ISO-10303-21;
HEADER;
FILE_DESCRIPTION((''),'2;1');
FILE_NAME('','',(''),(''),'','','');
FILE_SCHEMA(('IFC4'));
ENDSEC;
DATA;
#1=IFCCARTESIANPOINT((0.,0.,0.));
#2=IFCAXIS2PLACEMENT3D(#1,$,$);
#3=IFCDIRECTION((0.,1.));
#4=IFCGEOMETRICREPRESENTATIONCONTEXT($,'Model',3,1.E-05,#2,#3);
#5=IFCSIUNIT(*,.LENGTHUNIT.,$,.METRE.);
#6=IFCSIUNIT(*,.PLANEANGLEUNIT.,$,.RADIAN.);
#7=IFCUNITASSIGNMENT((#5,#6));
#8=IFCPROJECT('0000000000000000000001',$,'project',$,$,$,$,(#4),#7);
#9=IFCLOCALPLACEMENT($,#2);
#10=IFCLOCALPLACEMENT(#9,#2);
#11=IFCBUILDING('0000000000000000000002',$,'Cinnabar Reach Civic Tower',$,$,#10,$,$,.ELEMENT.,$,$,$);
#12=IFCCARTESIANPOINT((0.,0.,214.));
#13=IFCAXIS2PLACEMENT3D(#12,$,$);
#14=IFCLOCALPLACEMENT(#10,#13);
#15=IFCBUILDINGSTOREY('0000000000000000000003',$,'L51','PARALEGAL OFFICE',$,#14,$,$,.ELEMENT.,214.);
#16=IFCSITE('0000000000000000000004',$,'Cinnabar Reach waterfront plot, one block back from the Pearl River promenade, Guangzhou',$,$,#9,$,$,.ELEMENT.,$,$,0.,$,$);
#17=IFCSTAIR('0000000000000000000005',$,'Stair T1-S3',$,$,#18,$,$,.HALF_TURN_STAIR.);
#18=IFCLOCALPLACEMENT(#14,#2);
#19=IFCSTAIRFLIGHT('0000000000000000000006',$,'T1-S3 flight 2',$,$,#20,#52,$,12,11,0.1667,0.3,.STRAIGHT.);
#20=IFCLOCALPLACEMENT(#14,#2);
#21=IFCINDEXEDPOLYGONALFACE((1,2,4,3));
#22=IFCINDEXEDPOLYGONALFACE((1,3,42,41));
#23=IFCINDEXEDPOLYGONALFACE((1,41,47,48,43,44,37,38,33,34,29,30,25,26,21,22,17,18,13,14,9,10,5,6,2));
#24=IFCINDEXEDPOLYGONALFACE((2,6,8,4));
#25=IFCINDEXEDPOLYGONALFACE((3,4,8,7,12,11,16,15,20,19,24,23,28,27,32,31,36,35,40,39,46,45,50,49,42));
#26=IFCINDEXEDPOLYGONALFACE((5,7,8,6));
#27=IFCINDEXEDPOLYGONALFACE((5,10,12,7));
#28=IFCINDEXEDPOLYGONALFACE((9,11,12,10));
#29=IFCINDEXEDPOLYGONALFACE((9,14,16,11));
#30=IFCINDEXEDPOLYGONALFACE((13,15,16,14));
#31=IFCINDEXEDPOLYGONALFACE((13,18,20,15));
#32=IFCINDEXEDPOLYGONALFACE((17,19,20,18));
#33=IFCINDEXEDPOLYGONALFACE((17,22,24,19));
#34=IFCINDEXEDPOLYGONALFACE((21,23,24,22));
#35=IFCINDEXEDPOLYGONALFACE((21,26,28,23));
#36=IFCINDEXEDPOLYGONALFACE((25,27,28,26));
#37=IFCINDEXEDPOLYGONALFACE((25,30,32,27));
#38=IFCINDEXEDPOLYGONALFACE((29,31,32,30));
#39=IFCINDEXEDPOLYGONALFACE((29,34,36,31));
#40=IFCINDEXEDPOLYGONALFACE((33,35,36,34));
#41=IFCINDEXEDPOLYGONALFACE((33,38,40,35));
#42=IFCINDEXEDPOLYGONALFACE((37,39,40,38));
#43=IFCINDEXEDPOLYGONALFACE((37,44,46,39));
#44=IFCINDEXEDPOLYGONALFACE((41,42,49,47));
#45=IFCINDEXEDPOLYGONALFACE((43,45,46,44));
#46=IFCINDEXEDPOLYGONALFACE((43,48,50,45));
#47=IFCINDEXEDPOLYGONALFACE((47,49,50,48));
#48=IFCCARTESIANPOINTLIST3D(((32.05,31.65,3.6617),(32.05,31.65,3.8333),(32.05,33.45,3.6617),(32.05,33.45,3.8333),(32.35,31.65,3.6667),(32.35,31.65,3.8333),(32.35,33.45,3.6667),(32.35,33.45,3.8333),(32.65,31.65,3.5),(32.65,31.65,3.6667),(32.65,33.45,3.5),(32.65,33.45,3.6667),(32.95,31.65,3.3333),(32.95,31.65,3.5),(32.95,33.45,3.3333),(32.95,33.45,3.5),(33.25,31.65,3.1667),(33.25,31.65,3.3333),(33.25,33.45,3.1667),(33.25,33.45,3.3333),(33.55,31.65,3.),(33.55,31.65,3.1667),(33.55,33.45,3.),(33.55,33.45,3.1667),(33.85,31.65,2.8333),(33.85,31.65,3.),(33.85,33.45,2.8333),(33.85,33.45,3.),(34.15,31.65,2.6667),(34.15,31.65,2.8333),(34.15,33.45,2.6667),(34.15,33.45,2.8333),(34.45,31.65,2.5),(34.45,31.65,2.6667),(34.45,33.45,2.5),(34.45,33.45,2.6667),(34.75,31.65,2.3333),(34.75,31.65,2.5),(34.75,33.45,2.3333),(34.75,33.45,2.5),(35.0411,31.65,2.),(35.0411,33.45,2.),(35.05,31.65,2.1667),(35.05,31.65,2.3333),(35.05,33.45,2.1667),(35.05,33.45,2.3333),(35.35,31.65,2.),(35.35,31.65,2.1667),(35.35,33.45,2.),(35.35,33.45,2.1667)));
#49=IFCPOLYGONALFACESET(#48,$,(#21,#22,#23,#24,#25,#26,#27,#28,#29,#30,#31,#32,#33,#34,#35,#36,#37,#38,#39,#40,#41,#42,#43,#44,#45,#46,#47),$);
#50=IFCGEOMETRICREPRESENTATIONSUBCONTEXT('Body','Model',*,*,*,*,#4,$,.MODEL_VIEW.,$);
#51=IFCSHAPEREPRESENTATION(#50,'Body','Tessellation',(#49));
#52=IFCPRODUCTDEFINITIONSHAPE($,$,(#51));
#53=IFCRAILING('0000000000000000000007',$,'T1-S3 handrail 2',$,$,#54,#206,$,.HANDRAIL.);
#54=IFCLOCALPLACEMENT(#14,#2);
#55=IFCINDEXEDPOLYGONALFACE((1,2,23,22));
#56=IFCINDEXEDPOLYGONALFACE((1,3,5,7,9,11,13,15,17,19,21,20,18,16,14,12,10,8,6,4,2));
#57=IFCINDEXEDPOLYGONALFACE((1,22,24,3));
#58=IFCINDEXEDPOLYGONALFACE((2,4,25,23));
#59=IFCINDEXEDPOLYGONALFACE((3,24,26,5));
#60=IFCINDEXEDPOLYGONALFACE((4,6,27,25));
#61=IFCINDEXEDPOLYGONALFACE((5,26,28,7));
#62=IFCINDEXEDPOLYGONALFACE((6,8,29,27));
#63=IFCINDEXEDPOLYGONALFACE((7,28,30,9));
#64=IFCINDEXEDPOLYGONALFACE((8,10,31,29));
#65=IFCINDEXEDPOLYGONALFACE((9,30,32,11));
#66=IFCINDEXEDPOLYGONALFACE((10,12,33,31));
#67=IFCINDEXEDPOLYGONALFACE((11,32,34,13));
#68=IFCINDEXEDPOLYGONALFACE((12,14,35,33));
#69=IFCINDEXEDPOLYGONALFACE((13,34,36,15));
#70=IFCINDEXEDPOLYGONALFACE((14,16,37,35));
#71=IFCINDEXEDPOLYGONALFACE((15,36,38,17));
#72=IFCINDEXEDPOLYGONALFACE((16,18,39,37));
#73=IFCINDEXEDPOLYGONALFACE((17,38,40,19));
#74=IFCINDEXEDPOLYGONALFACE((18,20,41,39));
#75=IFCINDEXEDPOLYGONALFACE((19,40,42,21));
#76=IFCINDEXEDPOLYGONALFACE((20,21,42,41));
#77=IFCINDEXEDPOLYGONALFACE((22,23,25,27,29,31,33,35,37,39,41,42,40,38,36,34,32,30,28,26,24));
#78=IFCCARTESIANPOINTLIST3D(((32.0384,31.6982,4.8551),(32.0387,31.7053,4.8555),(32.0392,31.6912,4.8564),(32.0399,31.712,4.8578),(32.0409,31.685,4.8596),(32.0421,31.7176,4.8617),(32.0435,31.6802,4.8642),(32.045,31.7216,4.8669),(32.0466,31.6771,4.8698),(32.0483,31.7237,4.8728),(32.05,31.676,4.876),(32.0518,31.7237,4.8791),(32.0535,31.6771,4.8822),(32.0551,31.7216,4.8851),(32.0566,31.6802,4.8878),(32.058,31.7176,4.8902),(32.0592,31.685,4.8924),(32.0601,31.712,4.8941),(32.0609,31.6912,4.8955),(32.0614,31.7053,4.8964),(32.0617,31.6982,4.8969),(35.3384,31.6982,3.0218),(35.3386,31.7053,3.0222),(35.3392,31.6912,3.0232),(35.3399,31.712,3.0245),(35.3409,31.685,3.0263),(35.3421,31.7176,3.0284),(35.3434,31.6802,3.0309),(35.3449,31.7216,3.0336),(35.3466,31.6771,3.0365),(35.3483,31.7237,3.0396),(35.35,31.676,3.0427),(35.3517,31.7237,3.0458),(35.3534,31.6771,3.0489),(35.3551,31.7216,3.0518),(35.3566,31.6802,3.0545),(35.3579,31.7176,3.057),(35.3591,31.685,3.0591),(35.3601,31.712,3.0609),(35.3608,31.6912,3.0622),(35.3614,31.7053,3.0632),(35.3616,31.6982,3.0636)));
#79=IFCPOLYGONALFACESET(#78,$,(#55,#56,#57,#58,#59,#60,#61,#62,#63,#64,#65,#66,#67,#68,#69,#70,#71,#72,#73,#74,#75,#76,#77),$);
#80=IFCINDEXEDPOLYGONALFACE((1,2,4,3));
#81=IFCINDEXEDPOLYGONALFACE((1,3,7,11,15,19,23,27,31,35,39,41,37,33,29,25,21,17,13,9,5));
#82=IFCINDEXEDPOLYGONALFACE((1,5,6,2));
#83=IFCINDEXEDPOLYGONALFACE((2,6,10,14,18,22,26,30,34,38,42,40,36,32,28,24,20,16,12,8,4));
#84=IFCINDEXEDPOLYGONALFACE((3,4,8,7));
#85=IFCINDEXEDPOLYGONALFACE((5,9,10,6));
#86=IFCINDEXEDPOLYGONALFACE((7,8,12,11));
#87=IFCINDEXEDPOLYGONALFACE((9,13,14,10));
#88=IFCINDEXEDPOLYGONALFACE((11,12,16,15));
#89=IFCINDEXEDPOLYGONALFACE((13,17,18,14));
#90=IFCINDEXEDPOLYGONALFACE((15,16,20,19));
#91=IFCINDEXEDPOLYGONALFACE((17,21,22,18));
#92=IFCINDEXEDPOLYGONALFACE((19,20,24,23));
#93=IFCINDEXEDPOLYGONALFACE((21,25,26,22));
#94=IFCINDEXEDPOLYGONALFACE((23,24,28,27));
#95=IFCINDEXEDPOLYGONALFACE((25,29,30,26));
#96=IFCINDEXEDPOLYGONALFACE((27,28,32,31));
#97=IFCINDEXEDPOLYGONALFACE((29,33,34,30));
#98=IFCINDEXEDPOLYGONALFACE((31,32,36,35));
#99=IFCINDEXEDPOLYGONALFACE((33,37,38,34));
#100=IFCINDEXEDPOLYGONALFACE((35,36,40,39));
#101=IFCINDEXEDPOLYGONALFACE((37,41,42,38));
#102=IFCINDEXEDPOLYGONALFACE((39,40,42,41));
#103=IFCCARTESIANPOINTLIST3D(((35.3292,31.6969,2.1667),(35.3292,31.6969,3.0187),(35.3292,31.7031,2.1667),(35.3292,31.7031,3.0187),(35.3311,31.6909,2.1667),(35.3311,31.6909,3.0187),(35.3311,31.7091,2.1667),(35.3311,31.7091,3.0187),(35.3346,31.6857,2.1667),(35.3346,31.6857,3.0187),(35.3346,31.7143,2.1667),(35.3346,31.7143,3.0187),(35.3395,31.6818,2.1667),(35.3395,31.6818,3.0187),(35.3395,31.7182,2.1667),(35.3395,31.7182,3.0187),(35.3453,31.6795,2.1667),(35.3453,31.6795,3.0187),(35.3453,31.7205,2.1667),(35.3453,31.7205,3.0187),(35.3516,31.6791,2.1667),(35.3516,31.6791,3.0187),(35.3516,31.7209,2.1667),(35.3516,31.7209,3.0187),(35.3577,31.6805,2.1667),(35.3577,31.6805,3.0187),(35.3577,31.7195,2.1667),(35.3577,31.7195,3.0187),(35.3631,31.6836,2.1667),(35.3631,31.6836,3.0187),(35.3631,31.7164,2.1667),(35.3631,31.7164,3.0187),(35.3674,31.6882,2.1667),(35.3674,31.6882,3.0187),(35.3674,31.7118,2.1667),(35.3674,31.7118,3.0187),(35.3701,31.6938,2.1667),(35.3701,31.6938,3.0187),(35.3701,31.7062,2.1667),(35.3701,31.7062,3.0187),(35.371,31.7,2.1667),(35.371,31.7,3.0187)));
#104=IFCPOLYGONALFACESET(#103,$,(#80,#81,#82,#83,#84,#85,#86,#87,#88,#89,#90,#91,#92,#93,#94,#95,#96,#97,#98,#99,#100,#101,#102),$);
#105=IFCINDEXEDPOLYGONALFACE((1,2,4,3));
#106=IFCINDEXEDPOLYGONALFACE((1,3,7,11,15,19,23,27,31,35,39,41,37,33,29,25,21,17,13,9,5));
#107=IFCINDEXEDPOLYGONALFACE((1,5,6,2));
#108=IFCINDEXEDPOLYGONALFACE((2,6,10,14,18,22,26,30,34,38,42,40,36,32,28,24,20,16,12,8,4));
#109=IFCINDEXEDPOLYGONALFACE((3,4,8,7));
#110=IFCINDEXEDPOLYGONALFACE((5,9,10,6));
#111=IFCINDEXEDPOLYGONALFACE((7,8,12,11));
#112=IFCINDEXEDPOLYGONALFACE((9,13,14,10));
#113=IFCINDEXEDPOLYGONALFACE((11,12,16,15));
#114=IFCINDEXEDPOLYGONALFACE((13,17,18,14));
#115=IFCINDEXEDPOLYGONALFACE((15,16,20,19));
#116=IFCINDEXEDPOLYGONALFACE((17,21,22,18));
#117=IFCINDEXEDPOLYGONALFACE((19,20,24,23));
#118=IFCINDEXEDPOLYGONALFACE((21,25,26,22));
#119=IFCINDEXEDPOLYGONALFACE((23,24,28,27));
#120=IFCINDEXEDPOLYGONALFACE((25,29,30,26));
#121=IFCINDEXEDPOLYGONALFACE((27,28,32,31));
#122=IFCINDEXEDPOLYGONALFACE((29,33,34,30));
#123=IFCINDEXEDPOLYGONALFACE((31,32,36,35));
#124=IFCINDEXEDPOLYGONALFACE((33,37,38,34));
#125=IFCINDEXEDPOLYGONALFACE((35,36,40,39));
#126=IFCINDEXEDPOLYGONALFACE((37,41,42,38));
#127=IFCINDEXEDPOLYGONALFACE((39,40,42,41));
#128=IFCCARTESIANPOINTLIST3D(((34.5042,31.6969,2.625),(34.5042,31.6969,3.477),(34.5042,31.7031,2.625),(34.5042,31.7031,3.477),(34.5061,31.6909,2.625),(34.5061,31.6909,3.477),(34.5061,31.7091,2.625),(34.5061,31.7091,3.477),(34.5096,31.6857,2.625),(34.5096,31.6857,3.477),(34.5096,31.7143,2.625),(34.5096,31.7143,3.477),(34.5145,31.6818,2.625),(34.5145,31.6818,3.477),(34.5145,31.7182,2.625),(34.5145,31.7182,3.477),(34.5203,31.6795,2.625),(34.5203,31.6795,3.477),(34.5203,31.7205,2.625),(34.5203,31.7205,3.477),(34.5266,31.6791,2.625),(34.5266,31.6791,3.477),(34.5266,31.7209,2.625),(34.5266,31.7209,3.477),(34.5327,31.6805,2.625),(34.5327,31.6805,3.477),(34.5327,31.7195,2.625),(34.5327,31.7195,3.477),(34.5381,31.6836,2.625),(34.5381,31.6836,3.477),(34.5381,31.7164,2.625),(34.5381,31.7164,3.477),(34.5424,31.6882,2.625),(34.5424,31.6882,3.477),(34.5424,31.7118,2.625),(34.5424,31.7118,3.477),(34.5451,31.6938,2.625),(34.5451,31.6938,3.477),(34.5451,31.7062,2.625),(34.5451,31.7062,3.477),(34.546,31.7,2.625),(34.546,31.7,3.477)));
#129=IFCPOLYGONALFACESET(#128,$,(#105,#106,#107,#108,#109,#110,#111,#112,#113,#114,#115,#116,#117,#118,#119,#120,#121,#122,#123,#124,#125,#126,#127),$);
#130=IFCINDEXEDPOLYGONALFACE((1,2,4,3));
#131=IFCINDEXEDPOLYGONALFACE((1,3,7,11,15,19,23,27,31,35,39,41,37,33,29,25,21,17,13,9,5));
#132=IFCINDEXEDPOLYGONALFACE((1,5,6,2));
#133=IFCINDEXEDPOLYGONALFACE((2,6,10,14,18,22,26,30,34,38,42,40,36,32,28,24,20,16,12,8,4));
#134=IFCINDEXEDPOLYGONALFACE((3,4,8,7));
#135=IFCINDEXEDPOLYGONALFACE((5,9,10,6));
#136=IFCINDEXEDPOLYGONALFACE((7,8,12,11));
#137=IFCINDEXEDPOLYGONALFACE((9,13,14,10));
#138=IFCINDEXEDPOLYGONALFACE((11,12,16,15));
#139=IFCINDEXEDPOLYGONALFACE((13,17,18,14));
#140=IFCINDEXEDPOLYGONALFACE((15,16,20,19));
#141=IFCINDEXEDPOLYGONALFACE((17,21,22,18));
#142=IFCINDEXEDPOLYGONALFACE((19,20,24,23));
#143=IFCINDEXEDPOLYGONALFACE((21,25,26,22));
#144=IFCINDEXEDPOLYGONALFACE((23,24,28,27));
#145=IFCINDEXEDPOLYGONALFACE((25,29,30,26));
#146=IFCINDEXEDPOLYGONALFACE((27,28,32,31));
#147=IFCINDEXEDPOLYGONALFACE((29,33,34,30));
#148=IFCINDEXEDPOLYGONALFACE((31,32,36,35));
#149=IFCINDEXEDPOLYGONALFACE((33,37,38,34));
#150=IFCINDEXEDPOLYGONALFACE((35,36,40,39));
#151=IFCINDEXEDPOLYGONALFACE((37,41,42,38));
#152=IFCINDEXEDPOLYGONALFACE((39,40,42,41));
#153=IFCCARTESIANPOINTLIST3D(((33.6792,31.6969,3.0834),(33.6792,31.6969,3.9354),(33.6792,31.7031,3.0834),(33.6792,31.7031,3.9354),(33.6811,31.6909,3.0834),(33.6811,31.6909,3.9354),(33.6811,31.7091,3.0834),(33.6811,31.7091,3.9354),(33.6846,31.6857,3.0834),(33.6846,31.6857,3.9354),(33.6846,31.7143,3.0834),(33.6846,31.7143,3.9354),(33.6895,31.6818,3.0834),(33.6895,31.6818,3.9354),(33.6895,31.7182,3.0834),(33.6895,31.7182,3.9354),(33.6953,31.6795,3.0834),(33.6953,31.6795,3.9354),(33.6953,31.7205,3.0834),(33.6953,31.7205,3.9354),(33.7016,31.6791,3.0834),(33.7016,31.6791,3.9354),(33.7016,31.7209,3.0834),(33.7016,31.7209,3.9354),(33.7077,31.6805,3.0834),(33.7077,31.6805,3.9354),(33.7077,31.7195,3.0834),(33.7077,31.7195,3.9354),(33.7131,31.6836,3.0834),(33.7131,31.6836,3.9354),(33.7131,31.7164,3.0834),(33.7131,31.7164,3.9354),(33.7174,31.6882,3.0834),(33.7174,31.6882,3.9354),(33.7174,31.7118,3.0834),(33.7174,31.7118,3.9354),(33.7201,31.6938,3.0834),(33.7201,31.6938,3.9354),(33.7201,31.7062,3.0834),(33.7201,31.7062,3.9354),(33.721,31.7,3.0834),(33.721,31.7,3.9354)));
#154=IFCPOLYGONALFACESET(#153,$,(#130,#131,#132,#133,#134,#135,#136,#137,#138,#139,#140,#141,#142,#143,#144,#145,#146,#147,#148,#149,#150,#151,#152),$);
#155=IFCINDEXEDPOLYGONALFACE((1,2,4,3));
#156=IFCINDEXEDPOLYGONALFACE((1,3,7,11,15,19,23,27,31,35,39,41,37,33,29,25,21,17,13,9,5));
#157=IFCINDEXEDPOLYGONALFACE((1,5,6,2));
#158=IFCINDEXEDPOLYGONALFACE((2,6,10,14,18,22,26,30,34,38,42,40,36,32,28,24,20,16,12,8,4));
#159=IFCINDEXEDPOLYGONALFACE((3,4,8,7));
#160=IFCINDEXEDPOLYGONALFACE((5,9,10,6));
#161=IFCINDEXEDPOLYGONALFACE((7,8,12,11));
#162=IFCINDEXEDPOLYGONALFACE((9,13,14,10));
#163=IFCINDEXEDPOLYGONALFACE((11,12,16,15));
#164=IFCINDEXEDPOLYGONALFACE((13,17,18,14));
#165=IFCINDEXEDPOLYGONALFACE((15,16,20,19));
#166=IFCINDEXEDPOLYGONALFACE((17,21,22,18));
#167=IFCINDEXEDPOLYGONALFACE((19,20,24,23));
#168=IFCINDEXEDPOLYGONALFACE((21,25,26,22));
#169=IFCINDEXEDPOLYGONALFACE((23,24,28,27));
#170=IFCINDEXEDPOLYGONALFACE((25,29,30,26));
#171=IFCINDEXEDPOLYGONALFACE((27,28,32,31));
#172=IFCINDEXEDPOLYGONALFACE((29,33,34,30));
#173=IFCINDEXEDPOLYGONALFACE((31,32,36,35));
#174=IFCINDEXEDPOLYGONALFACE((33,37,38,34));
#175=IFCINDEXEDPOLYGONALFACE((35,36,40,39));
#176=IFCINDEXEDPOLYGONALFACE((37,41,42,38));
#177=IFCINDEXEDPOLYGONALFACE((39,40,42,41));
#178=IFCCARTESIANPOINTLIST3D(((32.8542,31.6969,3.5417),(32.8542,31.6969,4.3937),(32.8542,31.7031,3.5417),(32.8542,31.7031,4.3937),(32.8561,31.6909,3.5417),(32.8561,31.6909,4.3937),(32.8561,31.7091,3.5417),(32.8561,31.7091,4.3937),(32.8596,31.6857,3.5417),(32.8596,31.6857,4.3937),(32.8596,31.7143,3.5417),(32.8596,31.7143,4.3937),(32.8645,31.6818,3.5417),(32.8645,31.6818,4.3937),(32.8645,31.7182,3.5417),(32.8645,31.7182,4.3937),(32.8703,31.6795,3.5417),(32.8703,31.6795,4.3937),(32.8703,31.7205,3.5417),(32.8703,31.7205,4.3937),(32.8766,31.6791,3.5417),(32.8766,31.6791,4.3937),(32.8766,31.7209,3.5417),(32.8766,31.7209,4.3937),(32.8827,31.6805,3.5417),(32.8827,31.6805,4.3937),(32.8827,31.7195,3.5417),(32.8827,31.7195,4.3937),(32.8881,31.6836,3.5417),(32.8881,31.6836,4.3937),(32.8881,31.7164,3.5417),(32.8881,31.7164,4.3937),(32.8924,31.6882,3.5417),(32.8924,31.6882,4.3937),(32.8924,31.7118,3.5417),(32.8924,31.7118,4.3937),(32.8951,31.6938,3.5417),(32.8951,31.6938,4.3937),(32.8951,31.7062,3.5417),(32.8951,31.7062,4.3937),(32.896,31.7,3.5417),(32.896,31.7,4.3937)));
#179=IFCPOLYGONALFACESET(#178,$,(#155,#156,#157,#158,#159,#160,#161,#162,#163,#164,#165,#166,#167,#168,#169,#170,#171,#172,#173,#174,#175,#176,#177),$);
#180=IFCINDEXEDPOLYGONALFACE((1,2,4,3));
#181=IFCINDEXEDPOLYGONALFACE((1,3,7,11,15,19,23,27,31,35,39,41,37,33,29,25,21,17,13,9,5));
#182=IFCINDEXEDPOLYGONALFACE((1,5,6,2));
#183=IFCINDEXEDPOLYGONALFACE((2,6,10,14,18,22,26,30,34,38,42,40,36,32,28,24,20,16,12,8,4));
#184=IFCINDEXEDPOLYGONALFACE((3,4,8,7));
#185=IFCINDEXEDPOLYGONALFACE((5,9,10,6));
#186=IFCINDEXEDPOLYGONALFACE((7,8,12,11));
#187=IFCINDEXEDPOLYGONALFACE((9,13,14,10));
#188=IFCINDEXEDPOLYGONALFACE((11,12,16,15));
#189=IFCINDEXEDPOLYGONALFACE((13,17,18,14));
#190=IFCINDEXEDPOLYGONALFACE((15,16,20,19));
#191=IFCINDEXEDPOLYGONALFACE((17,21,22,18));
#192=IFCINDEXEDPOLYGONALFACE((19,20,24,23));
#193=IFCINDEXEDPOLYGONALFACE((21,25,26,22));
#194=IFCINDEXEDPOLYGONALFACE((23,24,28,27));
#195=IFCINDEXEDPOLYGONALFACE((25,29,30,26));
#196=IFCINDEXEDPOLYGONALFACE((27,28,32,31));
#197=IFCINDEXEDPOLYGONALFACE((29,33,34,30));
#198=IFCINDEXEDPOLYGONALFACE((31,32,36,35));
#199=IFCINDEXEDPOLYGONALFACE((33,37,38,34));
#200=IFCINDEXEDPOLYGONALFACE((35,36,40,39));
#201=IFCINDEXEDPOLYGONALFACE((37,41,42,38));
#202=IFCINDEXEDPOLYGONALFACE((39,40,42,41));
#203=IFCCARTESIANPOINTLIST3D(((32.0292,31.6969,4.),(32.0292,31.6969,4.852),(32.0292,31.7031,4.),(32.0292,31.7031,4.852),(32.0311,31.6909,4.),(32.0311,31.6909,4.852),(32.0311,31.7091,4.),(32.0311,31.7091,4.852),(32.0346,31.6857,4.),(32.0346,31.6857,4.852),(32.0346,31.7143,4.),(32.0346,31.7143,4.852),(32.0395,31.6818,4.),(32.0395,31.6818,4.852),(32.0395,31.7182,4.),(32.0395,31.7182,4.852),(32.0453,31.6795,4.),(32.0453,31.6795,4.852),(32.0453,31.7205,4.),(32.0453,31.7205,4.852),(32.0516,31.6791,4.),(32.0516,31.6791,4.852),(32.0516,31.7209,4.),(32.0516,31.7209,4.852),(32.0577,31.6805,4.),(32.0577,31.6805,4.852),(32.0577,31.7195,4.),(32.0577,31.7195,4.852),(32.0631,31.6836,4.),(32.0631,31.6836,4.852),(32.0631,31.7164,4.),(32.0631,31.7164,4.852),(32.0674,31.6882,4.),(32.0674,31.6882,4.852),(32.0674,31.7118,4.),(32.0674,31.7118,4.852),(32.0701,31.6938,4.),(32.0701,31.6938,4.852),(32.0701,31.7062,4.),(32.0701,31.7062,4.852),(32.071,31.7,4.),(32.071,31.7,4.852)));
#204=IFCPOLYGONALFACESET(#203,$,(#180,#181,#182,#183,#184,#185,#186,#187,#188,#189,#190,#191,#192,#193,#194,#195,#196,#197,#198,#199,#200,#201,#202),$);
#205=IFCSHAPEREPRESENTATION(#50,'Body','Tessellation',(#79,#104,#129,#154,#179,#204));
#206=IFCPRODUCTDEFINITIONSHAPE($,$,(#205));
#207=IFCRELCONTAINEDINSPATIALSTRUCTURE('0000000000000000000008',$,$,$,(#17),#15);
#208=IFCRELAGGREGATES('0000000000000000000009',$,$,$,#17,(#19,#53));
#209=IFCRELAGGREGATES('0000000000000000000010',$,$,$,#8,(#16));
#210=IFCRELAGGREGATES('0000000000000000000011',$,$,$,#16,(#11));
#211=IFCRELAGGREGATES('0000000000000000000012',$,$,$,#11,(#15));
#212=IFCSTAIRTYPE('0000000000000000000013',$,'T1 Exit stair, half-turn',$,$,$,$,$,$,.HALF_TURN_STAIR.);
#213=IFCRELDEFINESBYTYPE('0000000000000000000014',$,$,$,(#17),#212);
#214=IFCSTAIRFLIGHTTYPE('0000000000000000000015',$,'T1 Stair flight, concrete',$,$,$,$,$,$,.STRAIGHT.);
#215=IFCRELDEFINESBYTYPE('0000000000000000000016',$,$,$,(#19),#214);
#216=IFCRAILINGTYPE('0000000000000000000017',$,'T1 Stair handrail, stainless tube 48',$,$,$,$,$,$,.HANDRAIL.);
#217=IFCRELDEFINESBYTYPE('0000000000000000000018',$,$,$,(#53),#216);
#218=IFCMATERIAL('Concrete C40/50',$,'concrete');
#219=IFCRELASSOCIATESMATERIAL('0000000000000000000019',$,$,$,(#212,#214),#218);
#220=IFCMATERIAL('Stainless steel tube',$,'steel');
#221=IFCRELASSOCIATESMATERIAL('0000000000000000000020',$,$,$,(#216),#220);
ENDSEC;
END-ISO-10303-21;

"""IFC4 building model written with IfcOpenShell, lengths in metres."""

from ifc_helpers import new_model, si_unit, direction, frame, origin, origin_2d, place, context, subcontext, project, spatial, polyline, circle, outline, extrude, material, type_object, element, aggregate, save


model = new_model("IFC4")

# Units and contexts
model_context = context("Model", 3, precision=1e-05, world=origin(), true_north=direction((0.0, 1.0)))
body_context = subcontext(model_context, "Body", "Model", "MODEL_VIEW")
ifc_project = project(units=[si_unit("LENGTHUNIT", "METRE"), si_unit("PLANEANGLEUNIT", "RADIAN")], contexts=[model_context])

# Site, building, storey
site_placement = place(None, origin())
site = spatial("IfcSite", under=ifc_project, at=site_placement, Name="Cinnabar Reach waterfront plot, one block back from the Pearl River promenade, Guangzhou", CompositionType="ELEMENT", RefElevation=0.0)
building_placement = place(site_placement, origin())
building = spatial("IfcBuilding", under=site, at=building_placement, Name="Cinnabar Reach Civic Tower", CompositionType="ELEMENT")
storey_placement = place(building_placement, frame((0.0, 0.0, 214.0)))
storey = spatial("IfcBuildingStorey", under=building, at=storey_placement, Name="L51", Description="PARALEGAL OFFICE", CompositionType="ELEMENT", Elevation=214.0)

# Stair, stair flight, railing
ifc_material_1 = material(Name="Concrete C40/50", Category="concrete")
stair_type = type_object("IfcStairType", Name="T1 Exit stair, half-turn", PredefinedType="HALF_TURN_STAIR", material=ifc_material_1)
stair_placement = place(storey_placement, origin())
stair = element("IfcStair", 1, at=stair_placement, inside=storey, type_object=stair_type, Name="Stair T1-S3", PredefinedType="HALF_TURN_STAIR")
stair_flight_type = type_object("IfcStairFlightType", Name="T1 Stair flight, concrete", PredefinedType="STRAIGHT", material=ifc_material_1)
stair_flight_placement = place(storey_placement, frame((35.35, 32.55, 2.0), z_axis=(0.0, 0.0, 1.0), x_axis=(-1.0, 0.0, 0.0)))
stair_flight = element("IfcStairFlight", 2, at=stair_flight_placement, type_object=stair_flight_type, Name="T1-S3 flight 2", NumberOfRisers=12, NumberOfTreads=11, PredefinedType="STRAIGHT", RiserHeight=0.1667, TreadLength=0.3, context=body_context, shape_type="SweptSolid", body=[
    extrude(outline(polyline([(0.0, 0.0), (0.0, 0.1667), (0.3, 0.1667), (0.3, 0.3333), (0.6, 0.3333), (0.6, 0.5), (0.9, 0.5), (0.9, 0.6667), (1.2, 0.6667), (1.2, 0.8333), (1.5, 0.8333), (1.5, 1.0), (1.8, 1.0), (1.8, 1.1667), (2.1, 1.1667), (2.1, 1.3333), (2.4, 1.3333), (2.4, 1.5), (2.7, 1.5), (2.7, 1.6667), (3.0, 1.6667), (3.0, 1.8333), (3.3, 1.8333), (3.3, 2.0), (3.3, 1.6617), (0.3089, 0.0), (0.0, 0.0)])), frame((0.0, 0.9, 0.0), z_axis=(0.0, -1.0, 0.0), x_axis=(1.0, 0.0, 0.0)), (0.0, 0.0, 1.0), 1.8),
])
ifc_material_2 = material(Name="Stainless steel tube", Category="steel")
railing_type = type_object("IfcRailingType", Name="T1 Stair handrail, stainless tube 48", PredefinedType="HANDRAIL", material=ifc_material_2)
railing_placement = place(storey_placement, frame((35.35, 31.7, 2.1667)))
railing = element("IfcRailing", 3, at=railing_placement, type_object=railing_type, Name="T1-S3 handrail 2", PredefinedType="HANDRAIL", context=body_context, shape_type="SweptSolid", body=[
    extrude(circle(Radius=0.024, at=origin_2d()), frame((0.0, 0.0, 0.876), z_axis=(-0.874161, 0.0, 0.485636), x_axis=(0.0, -1.0, 0.0)), (0.0, 0.0, 1.0), 3.775),
    extrude(circle(Radius=0.021, at=origin_2d()), origin(), (0.0, 0.0, 1.0), 0.852),
    extrude(circle(Radius=0.021, at=origin_2d()), frame((-0.825, 0.0, 0.4583)), (0.0, 0.0, 1.0), 0.852),
    extrude(circle(Radius=0.021, at=origin_2d()), frame((-1.65, 0.0, 0.9167)), (0.0, 0.0, 1.0), 0.852),
    extrude(circle(Radius=0.021, at=origin_2d()), frame((-2.475, 0.0, 1.375)), (0.0, 0.0, 1.0), 0.852),
    extrude(circle(Radius=0.021, at=origin_2d()), frame((-3.3, 0.0, 1.8333)), (0.0, 0.0, 1.0), 0.852),
])
aggregate(stair, [stair_flight, railing])

save(model, "model.ifc")
